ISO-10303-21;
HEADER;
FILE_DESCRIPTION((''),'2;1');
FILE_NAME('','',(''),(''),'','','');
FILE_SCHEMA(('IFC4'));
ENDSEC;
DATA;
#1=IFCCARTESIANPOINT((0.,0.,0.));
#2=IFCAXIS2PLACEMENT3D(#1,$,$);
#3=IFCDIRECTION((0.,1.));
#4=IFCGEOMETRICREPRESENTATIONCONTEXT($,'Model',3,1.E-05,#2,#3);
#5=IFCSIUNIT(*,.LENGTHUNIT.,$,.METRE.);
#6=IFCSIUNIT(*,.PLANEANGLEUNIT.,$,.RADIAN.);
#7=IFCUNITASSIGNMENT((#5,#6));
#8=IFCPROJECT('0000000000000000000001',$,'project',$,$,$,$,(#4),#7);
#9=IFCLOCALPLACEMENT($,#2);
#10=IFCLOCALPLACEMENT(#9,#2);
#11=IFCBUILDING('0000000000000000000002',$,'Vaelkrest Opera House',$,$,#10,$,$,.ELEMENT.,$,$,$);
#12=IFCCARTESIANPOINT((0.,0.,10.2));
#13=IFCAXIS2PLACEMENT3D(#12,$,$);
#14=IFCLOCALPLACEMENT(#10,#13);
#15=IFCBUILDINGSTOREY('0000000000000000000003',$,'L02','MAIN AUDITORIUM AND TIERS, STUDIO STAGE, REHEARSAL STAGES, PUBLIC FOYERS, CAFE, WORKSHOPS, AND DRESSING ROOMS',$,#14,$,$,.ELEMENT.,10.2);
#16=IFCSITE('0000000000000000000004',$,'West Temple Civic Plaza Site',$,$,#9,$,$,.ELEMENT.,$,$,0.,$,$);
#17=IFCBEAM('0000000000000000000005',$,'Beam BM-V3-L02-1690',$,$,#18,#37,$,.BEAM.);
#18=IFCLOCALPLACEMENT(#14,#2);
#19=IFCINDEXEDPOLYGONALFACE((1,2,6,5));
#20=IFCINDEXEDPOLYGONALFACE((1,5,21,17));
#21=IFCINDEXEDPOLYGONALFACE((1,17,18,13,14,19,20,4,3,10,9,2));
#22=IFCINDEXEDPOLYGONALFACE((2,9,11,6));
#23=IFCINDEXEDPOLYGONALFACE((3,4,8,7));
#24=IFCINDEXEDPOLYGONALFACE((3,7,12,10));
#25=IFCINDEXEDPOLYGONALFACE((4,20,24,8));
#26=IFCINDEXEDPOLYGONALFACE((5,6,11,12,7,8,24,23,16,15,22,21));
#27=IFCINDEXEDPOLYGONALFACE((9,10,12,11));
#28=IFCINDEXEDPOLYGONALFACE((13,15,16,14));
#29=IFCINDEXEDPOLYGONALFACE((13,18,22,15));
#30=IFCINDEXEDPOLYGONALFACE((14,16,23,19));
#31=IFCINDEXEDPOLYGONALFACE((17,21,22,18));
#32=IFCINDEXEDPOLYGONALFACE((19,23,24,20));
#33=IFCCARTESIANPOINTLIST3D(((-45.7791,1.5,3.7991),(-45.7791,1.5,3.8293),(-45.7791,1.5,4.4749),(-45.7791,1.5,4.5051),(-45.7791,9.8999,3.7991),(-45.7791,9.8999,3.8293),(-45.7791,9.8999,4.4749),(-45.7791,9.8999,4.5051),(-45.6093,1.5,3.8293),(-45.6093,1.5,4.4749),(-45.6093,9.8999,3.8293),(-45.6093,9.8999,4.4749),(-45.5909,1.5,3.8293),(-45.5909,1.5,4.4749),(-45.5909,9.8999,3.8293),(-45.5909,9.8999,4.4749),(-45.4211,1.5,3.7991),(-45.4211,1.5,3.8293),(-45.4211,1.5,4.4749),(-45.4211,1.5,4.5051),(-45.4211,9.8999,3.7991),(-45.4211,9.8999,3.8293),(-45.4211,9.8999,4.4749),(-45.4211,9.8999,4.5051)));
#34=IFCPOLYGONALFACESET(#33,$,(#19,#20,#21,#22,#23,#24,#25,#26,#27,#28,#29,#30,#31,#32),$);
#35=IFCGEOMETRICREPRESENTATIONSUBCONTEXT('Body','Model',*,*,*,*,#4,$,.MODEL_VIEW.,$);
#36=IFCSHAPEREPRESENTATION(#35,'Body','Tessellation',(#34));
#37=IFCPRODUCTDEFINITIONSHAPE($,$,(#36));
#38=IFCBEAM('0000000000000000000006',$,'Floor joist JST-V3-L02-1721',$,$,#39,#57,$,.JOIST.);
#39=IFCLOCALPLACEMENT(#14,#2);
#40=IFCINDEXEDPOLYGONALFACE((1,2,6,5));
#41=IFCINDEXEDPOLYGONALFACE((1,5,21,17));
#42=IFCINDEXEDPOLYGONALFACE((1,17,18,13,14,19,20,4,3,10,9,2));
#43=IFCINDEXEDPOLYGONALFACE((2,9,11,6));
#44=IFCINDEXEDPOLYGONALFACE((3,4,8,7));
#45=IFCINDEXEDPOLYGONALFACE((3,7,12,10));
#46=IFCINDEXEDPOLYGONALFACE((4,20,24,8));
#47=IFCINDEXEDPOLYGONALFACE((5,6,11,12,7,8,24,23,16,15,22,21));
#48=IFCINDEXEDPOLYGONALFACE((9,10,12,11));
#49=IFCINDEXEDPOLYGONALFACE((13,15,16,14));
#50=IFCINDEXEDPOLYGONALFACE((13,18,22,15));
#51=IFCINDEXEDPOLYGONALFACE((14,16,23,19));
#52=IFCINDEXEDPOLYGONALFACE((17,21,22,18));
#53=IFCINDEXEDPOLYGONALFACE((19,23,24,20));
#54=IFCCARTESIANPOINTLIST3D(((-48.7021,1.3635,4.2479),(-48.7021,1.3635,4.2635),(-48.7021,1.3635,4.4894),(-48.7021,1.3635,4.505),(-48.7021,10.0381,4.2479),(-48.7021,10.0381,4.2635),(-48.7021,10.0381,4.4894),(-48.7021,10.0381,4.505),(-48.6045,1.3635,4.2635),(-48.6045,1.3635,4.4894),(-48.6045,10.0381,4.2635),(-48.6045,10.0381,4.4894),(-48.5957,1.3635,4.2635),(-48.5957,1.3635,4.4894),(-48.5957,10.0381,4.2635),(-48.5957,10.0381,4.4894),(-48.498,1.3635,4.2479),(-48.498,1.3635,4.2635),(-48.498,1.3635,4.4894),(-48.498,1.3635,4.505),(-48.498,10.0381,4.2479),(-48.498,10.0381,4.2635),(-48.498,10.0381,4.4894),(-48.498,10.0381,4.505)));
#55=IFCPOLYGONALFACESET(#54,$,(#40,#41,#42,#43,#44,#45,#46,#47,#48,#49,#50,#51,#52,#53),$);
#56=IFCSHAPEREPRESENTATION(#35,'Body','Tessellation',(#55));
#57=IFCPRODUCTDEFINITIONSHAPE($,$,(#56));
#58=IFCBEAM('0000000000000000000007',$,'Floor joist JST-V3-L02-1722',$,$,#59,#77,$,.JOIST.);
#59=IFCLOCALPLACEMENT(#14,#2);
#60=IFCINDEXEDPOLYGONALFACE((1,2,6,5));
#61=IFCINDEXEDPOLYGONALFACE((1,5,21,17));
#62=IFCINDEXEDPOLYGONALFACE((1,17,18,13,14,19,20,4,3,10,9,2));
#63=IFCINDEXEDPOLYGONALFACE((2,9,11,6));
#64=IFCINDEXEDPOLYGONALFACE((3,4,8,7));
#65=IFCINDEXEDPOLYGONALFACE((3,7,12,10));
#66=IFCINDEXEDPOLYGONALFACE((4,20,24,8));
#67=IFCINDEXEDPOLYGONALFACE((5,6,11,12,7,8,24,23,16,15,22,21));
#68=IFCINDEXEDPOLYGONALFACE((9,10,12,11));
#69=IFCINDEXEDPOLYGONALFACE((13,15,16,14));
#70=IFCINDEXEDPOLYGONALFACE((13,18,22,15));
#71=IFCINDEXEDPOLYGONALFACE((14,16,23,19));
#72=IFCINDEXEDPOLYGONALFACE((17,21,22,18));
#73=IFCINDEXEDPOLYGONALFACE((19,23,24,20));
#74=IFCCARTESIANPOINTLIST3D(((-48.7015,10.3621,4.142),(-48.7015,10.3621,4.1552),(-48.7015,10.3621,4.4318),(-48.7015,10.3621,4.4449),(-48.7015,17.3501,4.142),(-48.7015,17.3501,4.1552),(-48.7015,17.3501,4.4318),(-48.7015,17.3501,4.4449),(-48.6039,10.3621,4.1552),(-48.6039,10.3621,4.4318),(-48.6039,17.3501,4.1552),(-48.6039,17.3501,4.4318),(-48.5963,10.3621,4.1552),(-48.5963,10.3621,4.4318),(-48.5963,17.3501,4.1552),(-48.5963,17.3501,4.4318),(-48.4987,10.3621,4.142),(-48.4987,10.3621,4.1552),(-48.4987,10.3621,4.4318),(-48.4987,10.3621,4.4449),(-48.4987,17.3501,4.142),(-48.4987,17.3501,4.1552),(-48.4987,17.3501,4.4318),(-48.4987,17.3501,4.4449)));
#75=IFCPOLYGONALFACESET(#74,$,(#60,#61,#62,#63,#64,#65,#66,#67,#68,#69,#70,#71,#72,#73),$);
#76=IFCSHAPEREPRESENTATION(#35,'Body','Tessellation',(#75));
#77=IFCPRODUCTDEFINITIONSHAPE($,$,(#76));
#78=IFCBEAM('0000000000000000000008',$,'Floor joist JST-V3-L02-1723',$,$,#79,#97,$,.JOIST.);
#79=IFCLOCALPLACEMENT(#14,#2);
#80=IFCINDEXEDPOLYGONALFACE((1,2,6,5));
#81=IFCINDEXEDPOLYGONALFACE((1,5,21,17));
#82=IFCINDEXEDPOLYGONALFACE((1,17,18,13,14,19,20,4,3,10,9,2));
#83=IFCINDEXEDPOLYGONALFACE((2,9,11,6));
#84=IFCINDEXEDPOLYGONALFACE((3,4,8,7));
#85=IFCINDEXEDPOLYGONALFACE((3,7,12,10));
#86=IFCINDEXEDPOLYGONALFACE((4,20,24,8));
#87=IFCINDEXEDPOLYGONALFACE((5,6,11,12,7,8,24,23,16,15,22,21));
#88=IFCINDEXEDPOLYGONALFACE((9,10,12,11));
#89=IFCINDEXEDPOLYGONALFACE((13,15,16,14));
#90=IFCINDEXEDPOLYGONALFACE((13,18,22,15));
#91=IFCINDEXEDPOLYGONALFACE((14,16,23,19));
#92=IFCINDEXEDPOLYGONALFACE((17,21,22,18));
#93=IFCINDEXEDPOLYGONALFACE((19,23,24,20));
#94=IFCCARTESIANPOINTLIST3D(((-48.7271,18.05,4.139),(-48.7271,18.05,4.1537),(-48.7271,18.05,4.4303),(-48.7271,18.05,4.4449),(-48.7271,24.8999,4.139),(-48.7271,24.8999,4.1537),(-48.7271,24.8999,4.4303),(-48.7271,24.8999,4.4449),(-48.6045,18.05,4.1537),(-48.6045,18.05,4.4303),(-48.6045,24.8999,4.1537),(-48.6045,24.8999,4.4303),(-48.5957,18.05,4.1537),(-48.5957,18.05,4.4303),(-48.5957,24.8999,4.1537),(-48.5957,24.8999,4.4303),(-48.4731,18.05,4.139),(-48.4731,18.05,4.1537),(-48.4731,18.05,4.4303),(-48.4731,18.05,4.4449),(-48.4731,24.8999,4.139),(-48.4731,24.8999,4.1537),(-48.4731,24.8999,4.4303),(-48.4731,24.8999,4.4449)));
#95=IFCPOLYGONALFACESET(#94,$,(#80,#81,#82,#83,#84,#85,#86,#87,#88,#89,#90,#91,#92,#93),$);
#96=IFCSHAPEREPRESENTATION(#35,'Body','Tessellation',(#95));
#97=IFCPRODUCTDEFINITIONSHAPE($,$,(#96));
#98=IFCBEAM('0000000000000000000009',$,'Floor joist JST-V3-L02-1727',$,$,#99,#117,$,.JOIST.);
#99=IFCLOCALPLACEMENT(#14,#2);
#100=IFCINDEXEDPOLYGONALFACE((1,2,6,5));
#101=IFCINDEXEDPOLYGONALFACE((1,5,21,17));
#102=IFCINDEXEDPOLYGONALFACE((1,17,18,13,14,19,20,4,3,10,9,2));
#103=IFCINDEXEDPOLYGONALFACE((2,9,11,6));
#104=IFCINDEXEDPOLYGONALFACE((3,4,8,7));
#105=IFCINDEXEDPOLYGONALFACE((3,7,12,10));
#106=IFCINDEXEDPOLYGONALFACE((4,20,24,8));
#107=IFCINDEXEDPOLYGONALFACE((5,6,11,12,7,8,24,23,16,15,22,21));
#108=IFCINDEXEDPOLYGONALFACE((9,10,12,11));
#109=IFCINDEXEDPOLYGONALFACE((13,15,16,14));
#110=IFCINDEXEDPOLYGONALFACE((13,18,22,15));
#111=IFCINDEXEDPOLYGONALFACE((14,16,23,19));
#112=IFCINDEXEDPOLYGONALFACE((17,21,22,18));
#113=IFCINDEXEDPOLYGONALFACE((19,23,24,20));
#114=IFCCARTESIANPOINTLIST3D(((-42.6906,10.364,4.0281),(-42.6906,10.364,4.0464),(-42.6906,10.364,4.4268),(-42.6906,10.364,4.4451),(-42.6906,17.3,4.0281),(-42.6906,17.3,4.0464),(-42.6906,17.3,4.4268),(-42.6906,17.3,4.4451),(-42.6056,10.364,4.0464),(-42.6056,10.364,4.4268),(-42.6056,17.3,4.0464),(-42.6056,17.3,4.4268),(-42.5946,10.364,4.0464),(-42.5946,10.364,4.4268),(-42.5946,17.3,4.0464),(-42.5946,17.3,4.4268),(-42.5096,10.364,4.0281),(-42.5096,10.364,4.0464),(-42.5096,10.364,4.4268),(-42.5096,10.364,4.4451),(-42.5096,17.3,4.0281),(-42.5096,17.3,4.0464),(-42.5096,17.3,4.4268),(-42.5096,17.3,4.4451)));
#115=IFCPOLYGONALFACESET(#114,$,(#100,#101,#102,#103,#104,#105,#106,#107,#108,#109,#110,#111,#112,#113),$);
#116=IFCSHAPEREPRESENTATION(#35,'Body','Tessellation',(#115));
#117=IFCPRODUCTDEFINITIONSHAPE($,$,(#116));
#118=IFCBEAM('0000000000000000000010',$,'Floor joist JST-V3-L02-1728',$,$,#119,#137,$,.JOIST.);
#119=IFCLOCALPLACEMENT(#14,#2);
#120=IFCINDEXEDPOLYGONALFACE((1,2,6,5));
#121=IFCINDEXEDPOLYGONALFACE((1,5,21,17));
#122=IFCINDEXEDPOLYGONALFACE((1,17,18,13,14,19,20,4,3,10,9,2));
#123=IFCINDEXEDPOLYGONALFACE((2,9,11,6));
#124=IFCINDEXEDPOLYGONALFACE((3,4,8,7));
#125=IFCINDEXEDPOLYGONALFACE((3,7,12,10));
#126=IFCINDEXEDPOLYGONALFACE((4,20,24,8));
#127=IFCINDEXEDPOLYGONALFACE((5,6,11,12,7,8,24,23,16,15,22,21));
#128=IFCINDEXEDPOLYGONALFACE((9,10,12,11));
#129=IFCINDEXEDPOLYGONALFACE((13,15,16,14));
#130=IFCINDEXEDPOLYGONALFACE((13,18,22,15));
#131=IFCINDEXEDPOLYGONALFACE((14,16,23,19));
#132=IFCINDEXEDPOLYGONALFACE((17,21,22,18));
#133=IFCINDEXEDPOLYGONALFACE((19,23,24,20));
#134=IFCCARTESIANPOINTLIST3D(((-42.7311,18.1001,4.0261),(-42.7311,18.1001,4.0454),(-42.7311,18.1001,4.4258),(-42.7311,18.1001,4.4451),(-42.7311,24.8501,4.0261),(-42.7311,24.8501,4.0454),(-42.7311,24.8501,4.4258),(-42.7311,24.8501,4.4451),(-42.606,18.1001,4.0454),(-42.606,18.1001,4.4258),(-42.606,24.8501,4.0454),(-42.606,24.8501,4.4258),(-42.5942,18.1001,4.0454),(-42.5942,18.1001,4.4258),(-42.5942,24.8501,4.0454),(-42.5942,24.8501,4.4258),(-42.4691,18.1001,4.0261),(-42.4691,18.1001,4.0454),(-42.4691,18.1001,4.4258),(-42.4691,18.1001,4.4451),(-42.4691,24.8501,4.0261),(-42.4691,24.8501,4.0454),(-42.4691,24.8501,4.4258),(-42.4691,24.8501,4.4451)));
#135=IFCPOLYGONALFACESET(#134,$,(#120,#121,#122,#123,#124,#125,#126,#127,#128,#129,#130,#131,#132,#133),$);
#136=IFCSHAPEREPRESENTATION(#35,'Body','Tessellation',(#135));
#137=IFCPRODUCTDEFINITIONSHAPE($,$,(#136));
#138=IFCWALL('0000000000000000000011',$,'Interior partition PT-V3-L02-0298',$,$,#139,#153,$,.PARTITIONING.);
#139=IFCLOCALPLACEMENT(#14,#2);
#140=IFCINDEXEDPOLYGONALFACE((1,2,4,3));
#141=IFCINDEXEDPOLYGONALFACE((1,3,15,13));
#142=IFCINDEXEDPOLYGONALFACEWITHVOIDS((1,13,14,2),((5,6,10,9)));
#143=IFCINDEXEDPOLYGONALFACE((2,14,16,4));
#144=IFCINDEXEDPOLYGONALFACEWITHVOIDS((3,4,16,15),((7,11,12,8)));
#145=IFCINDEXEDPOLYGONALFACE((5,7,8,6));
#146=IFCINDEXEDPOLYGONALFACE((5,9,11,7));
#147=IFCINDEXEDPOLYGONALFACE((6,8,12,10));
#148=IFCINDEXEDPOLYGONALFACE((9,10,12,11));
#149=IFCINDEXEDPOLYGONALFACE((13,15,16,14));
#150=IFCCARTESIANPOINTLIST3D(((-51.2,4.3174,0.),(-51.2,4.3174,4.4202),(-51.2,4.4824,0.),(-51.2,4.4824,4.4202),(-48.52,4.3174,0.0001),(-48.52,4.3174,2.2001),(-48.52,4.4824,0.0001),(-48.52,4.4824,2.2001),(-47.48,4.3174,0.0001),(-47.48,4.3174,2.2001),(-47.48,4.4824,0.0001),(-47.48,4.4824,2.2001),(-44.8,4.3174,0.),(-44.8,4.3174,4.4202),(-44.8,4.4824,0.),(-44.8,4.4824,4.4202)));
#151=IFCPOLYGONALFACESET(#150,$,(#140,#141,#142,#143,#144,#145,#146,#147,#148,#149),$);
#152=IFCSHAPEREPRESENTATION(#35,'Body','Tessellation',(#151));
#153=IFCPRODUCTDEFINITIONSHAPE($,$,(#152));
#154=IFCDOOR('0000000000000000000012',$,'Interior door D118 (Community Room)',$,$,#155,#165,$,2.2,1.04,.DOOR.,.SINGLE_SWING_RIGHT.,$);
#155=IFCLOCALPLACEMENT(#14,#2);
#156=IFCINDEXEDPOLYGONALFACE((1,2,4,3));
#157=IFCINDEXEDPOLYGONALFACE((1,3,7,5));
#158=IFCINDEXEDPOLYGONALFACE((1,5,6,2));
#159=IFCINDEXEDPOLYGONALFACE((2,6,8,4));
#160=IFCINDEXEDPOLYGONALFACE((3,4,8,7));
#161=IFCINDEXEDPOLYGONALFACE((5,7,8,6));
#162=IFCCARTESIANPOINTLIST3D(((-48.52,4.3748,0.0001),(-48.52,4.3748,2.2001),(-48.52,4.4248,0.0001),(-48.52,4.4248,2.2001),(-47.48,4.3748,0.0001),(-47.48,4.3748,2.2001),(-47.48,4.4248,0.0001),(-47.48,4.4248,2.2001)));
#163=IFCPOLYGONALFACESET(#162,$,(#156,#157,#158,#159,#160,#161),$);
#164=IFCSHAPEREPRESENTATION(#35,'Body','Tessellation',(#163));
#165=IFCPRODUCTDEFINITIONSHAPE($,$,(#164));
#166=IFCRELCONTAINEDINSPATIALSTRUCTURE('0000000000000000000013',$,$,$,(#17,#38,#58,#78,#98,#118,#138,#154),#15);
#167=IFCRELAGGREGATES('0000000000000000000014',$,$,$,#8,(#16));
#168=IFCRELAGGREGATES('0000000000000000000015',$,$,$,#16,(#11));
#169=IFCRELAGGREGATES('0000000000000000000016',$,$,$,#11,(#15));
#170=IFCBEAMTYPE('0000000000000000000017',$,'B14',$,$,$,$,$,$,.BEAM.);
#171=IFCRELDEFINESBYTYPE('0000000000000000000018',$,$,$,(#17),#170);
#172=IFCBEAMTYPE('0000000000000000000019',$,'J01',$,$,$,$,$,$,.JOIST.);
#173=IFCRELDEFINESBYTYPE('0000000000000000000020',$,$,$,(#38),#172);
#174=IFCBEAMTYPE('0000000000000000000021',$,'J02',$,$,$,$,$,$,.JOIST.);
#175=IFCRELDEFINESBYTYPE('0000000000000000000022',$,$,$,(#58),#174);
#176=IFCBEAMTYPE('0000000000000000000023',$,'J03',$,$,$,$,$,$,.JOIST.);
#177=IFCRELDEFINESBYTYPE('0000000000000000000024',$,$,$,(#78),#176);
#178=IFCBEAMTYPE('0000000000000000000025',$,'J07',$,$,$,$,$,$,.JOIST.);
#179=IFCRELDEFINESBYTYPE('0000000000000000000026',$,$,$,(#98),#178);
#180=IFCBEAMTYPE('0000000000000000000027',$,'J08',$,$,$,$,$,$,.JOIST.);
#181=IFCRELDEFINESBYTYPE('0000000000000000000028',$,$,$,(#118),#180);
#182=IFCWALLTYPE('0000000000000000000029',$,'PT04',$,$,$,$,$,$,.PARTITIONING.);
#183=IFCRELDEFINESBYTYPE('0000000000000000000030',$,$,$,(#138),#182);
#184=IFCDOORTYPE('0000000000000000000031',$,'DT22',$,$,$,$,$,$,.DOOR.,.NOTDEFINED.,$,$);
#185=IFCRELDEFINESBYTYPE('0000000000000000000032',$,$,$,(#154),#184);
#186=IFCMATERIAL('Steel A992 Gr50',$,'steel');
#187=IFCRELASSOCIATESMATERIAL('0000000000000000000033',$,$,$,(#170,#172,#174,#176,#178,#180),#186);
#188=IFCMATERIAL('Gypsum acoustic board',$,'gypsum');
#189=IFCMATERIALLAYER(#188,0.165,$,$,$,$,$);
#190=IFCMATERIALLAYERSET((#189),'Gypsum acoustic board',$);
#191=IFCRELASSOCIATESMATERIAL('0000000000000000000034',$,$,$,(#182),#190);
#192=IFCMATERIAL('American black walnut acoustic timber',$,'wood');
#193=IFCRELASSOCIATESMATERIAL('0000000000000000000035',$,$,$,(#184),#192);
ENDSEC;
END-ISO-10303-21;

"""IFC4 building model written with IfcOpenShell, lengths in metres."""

from ifc_helpers import new_model, si_unit, direction, frame, frame_2d, origin, origin_2d, place, context, subcontext, project, spatial, rectangle, i_section, extrude, material, layer, layer_set, material_profile, profile_set, type_object, element, fill, save


model = new_model("IFC4")

# Units and contexts
model_context = context("Model", 3, precision=1e-05, world=origin(), true_north=direction((0.0, 1.0)))
body_context = subcontext(model_context, "Body", "Model", "MODEL_VIEW")
ifc_project = project(units=[si_unit("LENGTHUNIT", "METRE"), si_unit("PLANEANGLEUNIT", "RADIAN")], contexts=[model_context])

# Site, building, storey
site_placement = place(None, origin())
site = spatial("IfcSite", under=ifc_project, at=site_placement, Name="West Temple Civic Plaza Site", CompositionType="ELEMENT", RefElevation=0.0)
building_placement = place(site_placement, origin())
building = spatial("IfcBuilding", under=site, at=building_placement, Name="Vaelkrest Opera House", CompositionType="ELEMENT")
storey_placement = place(building_placement, frame((0.0, 0.0, 10.2)))
storey = spatial("IfcBuildingStorey", under=building, at=storey_placement, Name="L02", Description="MAIN AUDITORIUM AND TIERS, STUDIO STAGE, REHEARSAL STAGES, PUBLIC FOYERS, CAFE, WORKSHOPS, AND DRESSING ROOMS", CompositionType="ELEMENT", Elevation=10.2)

# Beams
ifc_material_1 = material(Name="Steel A992 Gr50", Category="steel")
ifc_material_profile_1 = material_profile(ifc_material_1, i_section(OverallWidth=0.3579, OverallDepth=0.7061, WebThickness=0.0183, FlangeThickness=0.0303, at=origin_2d()), Name="W27X178")
ifc_profile_set_1 = profile_set([ifc_material_profile_1], Name="Steel A992 Gr50")
beam_type_1 = type_object("IfcBeamType", Name="B14", PredefinedType="BEAM", material=ifc_profile_set_1)
beam_1_placement = place(storey_placement, frame((-45.6001, 1.5, 4.1521), z_axis=(0.0, 1.0, 0.0), x_axis=(-1.0, 0.0, 0.0)))
element("IfcBeam", 1, at=beam_1_placement, inside=storey, type_object=beam_type_1, Name="Beam BM-V3-L02-1690", PredefinedType="BEAM", context=body_context, shape_type="SweptSolid", body=[
    extrude(i_section(OverallWidth=0.3579, OverallDepth=0.7061, WebThickness=0.0183, FlangeThickness=0.0303, at=origin_2d()), origin(), (0.0, 0.0, 1.0), 8.3999),
])
ifc_material_profile_2 = material_profile(ifc_material_1, i_section(OverallWidth=0.2041, OverallDepth=0.2571, WebThickness=0.0088, FlangeThickness=0.0156, at=origin_2d()), Name="W10X45")
ifc_profile_set_2 = profile_set([ifc_material_profile_2], Name="Steel A992 Gr50")
beam_type_2 = type_object("IfcBeamType", Name="J01", PredefinedType="JOIST", material=ifc_profile_set_2)
beam_2_placement = place(storey_placement, frame((-48.6001, 1.3635, 4.3765), z_axis=(0.0, 1.0, 0.0), x_axis=(-1.0, 0.0, 0.0)))
element("IfcBeam", 2, at=beam_2_placement, inside=storey, type_object=beam_type_2, Name="Floor joist JST-V3-L02-1721", PredefinedType="JOIST", context=body_context, shape_type="SweptSolid", body=[
    extrude(i_section(OverallWidth=0.2041, OverallDepth=0.2571, WebThickness=0.0088, FlangeThickness=0.0156, at=origin_2d()), origin(), (0.0, 0.0, 1.0), 8.6746),
])
ifc_material_profile_3 = material_profile(ifc_material_1, i_section(OverallWidth=0.2029, OverallDepth=0.303, WebThickness=0.0076, FlangeThickness=0.0132, at=origin_2d()), Name="W12X40")
ifc_profile_set_3 = profile_set([ifc_material_profile_3], Name="Steel A992 Gr50")
beam_type_3 = type_object("IfcBeamType", Name="J02", PredefinedType="JOIST", material=ifc_profile_set_3)
beam_3_placement = place(storey_placement, frame((-48.6001, 10.3621, 4.2935), z_axis=(0.0, 1.0, 0.0), x_axis=(-1.0, 0.0, 0.0)))
element("IfcBeam", 3, at=beam_3_placement, inside=storey, type_object=beam_type_3, Name="Floor joist JST-V3-L02-1722", PredefinedType="JOIST", context=body_context, shape_type="SweptSolid", body=[
    extrude(i_section(OverallWidth=0.2029, OverallDepth=0.303, WebThickness=0.0076, FlangeThickness=0.0132, at=origin_2d()), origin(), (0.0, 0.0, 1.0), 6.988),
])
ifc_material_profile_4 = material_profile(ifc_material_1, i_section(OverallWidth=0.2539, OverallDepth=0.3059, WebThickness=0.0088, FlangeThickness=0.0146, at=origin_2d()), Name="W12X53")
ifc_profile_set_4 = profile_set([ifc_material_profile_4], Name="Steel A992 Gr50")
beam_type_4 = type_object("IfcBeamType", Name="J03", PredefinedType="JOIST", material=ifc_profile_set_4)
beam_4_placement = place(storey_placement, frame((-48.6001, 18.05, 4.292), z_axis=(0.0, 1.0, 0.0), x_axis=(-1.0, 0.0, 0.0)))
element("IfcBeam", 4, at=beam_4_placement, inside=storey, type_object=beam_type_4, Name="Floor joist JST-V3-L02-1723", PredefinedType="JOIST", context=body_context, shape_type="SweptSolid", body=[
    extrude(i_section(OverallWidth=0.2539, OverallDepth=0.3059, WebThickness=0.0088, FlangeThickness=0.0146, at=origin_2d()), origin(), (0.0, 0.0, 1.0), 6.8499),
])
ifc_material_profile_5 = material_profile(ifc_material_1, i_section(OverallWidth=0.1809, OverallDepth=0.417, WebThickness=0.011, FlangeThickness=0.0183, at=origin_2d()), Name="W16X57")
ifc_profile_set_5 = profile_set([ifc_material_profile_5], Name="Steel A992 Gr50")
beam_type_5 = type_object("IfcBeamType", Name="J07", PredefinedType="JOIST", material=ifc_profile_set_5)
beam_5_placement = place(storey_placement, frame((-42.6001, 10.364, 4.2366), z_axis=(0.0, 1.0, 0.0), x_axis=(-1.0, 0.0, 0.0)))
element("IfcBeam", 5, at=beam_5_placement, inside=storey, type_object=beam_type_5, Name="Floor joist JST-V3-L02-1727", PredefinedType="JOIST", context=body_context, shape_type="SweptSolid", body=[
    extrude(i_section(OverallWidth=0.1809, OverallDepth=0.417, WebThickness=0.011, FlangeThickness=0.0183, at=origin_2d()), origin(), (0.0, 0.0, 1.0), 6.936),
])
ifc_material_profile_6 = material_profile(ifc_material_1, i_section(OverallWidth=0.262, OverallDepth=0.4189, WebThickness=0.0117, FlangeThickness=0.0193, at=origin_2d()), Name="W16X77")
ifc_profile_set_6 = profile_set([ifc_material_profile_6], Name="Steel A992 Gr50")
beam_type_6 = type_object("IfcBeamType", Name="J08", PredefinedType="JOIST", material=ifc_profile_set_6)
beam_6_placement = place(storey_placement, frame((-42.6001, 18.1001, 4.2356), z_axis=(0.0, 1.0, 0.0), x_axis=(-1.0, 0.0, 0.0)))
element("IfcBeam", 6, at=beam_6_placement, inside=storey, type_object=beam_type_6, Name="Floor joist JST-V3-L02-1728", PredefinedType="JOIST", context=body_context, shape_type="SweptSolid", body=[
    extrude(i_section(OverallWidth=0.262, OverallDepth=0.4189, WebThickness=0.0117, FlangeThickness=0.0193, at=origin_2d()), origin(), (0.0, 0.0, 1.0), 6.75),
])

# Wall, opening, door
ifc_material_2 = material(Name="Gypsum acoustic board", Category="gypsum")
ifc_layer_1 = layer(ifc_material_2, 0.165)
ifc_layer_set_1 = layer_set([ifc_layer_1], Name="Gypsum acoustic board")
wall_type_1 = type_object("IfcWallType", Name="PT04", PredefinedType="PARTITIONING", material=ifc_layer_set_1)
wall_1_placement = place(storey_placement, frame((-51.2, 4.3999, 0.0), z_axis=(0.0, 0.0, 1.0), x_axis=(1.0, 0.0, 0.0)))
wall_1 = element("IfcWall", 7, at=wall_1_placement, inside=storey, type_object=wall_type_1, Name="Interior partition PT-V3-L02-0298", PredefinedType="PARTITIONING", context=body_context, shape_type="SweptSolid", body=[
    extrude(rectangle(XDim=6.3999, YDim=0.165, at=frame_2d((3.2, 0.0))), origin(), (0.0, 0.0, 1.0), 4.4202),
])
opening_1_placement = place(wall_1_placement, frame((2.6799, 0.0, 0.0)))
opening_1 = element("IfcOpeningElement", 8, at=opening_1_placement, cuts=wall_1, PredefinedType="OPENING", context=body_context, shape_type="SweptSolid", body=[
    extrude(rectangle(XDim=1.04, YDim=2.2, at=frame_2d((0.52, 1.1001))), frame((0.0, 0.0925, 0.0), z_axis=(0.0, -1.0, 0.0), x_axis=(1.0, 0.0, 0.0)), (0.0, 0.0, 1.0), 0.1851),
])
ifc_material_3 = material(Name="American black walnut acoustic timber", Category="wood")
door_type_1 = type_object("IfcDoorType", Name="DT22", OperationType="NOTDEFINED", PredefinedType="DOOR", material=ifc_material_3)
door_1_placement = place(opening_1_placement, origin())
door_1 = element("IfcDoor", 9, at=door_1_placement, inside=storey, type_object=door_type_1, Name="Interior door D118 (Community Room)", OperationType="SINGLE_SWING_RIGHT", OverallHeight=2.2, OverallWidth=1.04, PredefinedType="DOOR", context=body_context, shape_type="SweptSolid", body=[
    extrude(rectangle(XDim=1.04, YDim=2.2, at=frame_2d((0.52, 1.1001))), frame((0.0, 0.0249, 0.0), z_axis=(0.0, -1.0, 0.0), x_axis=(1.0, 0.0, 0.0)), (0.0, 0.0, 1.0), 0.05),
])
fill(opening_1, door_1)

save(model, "model.ifc")
